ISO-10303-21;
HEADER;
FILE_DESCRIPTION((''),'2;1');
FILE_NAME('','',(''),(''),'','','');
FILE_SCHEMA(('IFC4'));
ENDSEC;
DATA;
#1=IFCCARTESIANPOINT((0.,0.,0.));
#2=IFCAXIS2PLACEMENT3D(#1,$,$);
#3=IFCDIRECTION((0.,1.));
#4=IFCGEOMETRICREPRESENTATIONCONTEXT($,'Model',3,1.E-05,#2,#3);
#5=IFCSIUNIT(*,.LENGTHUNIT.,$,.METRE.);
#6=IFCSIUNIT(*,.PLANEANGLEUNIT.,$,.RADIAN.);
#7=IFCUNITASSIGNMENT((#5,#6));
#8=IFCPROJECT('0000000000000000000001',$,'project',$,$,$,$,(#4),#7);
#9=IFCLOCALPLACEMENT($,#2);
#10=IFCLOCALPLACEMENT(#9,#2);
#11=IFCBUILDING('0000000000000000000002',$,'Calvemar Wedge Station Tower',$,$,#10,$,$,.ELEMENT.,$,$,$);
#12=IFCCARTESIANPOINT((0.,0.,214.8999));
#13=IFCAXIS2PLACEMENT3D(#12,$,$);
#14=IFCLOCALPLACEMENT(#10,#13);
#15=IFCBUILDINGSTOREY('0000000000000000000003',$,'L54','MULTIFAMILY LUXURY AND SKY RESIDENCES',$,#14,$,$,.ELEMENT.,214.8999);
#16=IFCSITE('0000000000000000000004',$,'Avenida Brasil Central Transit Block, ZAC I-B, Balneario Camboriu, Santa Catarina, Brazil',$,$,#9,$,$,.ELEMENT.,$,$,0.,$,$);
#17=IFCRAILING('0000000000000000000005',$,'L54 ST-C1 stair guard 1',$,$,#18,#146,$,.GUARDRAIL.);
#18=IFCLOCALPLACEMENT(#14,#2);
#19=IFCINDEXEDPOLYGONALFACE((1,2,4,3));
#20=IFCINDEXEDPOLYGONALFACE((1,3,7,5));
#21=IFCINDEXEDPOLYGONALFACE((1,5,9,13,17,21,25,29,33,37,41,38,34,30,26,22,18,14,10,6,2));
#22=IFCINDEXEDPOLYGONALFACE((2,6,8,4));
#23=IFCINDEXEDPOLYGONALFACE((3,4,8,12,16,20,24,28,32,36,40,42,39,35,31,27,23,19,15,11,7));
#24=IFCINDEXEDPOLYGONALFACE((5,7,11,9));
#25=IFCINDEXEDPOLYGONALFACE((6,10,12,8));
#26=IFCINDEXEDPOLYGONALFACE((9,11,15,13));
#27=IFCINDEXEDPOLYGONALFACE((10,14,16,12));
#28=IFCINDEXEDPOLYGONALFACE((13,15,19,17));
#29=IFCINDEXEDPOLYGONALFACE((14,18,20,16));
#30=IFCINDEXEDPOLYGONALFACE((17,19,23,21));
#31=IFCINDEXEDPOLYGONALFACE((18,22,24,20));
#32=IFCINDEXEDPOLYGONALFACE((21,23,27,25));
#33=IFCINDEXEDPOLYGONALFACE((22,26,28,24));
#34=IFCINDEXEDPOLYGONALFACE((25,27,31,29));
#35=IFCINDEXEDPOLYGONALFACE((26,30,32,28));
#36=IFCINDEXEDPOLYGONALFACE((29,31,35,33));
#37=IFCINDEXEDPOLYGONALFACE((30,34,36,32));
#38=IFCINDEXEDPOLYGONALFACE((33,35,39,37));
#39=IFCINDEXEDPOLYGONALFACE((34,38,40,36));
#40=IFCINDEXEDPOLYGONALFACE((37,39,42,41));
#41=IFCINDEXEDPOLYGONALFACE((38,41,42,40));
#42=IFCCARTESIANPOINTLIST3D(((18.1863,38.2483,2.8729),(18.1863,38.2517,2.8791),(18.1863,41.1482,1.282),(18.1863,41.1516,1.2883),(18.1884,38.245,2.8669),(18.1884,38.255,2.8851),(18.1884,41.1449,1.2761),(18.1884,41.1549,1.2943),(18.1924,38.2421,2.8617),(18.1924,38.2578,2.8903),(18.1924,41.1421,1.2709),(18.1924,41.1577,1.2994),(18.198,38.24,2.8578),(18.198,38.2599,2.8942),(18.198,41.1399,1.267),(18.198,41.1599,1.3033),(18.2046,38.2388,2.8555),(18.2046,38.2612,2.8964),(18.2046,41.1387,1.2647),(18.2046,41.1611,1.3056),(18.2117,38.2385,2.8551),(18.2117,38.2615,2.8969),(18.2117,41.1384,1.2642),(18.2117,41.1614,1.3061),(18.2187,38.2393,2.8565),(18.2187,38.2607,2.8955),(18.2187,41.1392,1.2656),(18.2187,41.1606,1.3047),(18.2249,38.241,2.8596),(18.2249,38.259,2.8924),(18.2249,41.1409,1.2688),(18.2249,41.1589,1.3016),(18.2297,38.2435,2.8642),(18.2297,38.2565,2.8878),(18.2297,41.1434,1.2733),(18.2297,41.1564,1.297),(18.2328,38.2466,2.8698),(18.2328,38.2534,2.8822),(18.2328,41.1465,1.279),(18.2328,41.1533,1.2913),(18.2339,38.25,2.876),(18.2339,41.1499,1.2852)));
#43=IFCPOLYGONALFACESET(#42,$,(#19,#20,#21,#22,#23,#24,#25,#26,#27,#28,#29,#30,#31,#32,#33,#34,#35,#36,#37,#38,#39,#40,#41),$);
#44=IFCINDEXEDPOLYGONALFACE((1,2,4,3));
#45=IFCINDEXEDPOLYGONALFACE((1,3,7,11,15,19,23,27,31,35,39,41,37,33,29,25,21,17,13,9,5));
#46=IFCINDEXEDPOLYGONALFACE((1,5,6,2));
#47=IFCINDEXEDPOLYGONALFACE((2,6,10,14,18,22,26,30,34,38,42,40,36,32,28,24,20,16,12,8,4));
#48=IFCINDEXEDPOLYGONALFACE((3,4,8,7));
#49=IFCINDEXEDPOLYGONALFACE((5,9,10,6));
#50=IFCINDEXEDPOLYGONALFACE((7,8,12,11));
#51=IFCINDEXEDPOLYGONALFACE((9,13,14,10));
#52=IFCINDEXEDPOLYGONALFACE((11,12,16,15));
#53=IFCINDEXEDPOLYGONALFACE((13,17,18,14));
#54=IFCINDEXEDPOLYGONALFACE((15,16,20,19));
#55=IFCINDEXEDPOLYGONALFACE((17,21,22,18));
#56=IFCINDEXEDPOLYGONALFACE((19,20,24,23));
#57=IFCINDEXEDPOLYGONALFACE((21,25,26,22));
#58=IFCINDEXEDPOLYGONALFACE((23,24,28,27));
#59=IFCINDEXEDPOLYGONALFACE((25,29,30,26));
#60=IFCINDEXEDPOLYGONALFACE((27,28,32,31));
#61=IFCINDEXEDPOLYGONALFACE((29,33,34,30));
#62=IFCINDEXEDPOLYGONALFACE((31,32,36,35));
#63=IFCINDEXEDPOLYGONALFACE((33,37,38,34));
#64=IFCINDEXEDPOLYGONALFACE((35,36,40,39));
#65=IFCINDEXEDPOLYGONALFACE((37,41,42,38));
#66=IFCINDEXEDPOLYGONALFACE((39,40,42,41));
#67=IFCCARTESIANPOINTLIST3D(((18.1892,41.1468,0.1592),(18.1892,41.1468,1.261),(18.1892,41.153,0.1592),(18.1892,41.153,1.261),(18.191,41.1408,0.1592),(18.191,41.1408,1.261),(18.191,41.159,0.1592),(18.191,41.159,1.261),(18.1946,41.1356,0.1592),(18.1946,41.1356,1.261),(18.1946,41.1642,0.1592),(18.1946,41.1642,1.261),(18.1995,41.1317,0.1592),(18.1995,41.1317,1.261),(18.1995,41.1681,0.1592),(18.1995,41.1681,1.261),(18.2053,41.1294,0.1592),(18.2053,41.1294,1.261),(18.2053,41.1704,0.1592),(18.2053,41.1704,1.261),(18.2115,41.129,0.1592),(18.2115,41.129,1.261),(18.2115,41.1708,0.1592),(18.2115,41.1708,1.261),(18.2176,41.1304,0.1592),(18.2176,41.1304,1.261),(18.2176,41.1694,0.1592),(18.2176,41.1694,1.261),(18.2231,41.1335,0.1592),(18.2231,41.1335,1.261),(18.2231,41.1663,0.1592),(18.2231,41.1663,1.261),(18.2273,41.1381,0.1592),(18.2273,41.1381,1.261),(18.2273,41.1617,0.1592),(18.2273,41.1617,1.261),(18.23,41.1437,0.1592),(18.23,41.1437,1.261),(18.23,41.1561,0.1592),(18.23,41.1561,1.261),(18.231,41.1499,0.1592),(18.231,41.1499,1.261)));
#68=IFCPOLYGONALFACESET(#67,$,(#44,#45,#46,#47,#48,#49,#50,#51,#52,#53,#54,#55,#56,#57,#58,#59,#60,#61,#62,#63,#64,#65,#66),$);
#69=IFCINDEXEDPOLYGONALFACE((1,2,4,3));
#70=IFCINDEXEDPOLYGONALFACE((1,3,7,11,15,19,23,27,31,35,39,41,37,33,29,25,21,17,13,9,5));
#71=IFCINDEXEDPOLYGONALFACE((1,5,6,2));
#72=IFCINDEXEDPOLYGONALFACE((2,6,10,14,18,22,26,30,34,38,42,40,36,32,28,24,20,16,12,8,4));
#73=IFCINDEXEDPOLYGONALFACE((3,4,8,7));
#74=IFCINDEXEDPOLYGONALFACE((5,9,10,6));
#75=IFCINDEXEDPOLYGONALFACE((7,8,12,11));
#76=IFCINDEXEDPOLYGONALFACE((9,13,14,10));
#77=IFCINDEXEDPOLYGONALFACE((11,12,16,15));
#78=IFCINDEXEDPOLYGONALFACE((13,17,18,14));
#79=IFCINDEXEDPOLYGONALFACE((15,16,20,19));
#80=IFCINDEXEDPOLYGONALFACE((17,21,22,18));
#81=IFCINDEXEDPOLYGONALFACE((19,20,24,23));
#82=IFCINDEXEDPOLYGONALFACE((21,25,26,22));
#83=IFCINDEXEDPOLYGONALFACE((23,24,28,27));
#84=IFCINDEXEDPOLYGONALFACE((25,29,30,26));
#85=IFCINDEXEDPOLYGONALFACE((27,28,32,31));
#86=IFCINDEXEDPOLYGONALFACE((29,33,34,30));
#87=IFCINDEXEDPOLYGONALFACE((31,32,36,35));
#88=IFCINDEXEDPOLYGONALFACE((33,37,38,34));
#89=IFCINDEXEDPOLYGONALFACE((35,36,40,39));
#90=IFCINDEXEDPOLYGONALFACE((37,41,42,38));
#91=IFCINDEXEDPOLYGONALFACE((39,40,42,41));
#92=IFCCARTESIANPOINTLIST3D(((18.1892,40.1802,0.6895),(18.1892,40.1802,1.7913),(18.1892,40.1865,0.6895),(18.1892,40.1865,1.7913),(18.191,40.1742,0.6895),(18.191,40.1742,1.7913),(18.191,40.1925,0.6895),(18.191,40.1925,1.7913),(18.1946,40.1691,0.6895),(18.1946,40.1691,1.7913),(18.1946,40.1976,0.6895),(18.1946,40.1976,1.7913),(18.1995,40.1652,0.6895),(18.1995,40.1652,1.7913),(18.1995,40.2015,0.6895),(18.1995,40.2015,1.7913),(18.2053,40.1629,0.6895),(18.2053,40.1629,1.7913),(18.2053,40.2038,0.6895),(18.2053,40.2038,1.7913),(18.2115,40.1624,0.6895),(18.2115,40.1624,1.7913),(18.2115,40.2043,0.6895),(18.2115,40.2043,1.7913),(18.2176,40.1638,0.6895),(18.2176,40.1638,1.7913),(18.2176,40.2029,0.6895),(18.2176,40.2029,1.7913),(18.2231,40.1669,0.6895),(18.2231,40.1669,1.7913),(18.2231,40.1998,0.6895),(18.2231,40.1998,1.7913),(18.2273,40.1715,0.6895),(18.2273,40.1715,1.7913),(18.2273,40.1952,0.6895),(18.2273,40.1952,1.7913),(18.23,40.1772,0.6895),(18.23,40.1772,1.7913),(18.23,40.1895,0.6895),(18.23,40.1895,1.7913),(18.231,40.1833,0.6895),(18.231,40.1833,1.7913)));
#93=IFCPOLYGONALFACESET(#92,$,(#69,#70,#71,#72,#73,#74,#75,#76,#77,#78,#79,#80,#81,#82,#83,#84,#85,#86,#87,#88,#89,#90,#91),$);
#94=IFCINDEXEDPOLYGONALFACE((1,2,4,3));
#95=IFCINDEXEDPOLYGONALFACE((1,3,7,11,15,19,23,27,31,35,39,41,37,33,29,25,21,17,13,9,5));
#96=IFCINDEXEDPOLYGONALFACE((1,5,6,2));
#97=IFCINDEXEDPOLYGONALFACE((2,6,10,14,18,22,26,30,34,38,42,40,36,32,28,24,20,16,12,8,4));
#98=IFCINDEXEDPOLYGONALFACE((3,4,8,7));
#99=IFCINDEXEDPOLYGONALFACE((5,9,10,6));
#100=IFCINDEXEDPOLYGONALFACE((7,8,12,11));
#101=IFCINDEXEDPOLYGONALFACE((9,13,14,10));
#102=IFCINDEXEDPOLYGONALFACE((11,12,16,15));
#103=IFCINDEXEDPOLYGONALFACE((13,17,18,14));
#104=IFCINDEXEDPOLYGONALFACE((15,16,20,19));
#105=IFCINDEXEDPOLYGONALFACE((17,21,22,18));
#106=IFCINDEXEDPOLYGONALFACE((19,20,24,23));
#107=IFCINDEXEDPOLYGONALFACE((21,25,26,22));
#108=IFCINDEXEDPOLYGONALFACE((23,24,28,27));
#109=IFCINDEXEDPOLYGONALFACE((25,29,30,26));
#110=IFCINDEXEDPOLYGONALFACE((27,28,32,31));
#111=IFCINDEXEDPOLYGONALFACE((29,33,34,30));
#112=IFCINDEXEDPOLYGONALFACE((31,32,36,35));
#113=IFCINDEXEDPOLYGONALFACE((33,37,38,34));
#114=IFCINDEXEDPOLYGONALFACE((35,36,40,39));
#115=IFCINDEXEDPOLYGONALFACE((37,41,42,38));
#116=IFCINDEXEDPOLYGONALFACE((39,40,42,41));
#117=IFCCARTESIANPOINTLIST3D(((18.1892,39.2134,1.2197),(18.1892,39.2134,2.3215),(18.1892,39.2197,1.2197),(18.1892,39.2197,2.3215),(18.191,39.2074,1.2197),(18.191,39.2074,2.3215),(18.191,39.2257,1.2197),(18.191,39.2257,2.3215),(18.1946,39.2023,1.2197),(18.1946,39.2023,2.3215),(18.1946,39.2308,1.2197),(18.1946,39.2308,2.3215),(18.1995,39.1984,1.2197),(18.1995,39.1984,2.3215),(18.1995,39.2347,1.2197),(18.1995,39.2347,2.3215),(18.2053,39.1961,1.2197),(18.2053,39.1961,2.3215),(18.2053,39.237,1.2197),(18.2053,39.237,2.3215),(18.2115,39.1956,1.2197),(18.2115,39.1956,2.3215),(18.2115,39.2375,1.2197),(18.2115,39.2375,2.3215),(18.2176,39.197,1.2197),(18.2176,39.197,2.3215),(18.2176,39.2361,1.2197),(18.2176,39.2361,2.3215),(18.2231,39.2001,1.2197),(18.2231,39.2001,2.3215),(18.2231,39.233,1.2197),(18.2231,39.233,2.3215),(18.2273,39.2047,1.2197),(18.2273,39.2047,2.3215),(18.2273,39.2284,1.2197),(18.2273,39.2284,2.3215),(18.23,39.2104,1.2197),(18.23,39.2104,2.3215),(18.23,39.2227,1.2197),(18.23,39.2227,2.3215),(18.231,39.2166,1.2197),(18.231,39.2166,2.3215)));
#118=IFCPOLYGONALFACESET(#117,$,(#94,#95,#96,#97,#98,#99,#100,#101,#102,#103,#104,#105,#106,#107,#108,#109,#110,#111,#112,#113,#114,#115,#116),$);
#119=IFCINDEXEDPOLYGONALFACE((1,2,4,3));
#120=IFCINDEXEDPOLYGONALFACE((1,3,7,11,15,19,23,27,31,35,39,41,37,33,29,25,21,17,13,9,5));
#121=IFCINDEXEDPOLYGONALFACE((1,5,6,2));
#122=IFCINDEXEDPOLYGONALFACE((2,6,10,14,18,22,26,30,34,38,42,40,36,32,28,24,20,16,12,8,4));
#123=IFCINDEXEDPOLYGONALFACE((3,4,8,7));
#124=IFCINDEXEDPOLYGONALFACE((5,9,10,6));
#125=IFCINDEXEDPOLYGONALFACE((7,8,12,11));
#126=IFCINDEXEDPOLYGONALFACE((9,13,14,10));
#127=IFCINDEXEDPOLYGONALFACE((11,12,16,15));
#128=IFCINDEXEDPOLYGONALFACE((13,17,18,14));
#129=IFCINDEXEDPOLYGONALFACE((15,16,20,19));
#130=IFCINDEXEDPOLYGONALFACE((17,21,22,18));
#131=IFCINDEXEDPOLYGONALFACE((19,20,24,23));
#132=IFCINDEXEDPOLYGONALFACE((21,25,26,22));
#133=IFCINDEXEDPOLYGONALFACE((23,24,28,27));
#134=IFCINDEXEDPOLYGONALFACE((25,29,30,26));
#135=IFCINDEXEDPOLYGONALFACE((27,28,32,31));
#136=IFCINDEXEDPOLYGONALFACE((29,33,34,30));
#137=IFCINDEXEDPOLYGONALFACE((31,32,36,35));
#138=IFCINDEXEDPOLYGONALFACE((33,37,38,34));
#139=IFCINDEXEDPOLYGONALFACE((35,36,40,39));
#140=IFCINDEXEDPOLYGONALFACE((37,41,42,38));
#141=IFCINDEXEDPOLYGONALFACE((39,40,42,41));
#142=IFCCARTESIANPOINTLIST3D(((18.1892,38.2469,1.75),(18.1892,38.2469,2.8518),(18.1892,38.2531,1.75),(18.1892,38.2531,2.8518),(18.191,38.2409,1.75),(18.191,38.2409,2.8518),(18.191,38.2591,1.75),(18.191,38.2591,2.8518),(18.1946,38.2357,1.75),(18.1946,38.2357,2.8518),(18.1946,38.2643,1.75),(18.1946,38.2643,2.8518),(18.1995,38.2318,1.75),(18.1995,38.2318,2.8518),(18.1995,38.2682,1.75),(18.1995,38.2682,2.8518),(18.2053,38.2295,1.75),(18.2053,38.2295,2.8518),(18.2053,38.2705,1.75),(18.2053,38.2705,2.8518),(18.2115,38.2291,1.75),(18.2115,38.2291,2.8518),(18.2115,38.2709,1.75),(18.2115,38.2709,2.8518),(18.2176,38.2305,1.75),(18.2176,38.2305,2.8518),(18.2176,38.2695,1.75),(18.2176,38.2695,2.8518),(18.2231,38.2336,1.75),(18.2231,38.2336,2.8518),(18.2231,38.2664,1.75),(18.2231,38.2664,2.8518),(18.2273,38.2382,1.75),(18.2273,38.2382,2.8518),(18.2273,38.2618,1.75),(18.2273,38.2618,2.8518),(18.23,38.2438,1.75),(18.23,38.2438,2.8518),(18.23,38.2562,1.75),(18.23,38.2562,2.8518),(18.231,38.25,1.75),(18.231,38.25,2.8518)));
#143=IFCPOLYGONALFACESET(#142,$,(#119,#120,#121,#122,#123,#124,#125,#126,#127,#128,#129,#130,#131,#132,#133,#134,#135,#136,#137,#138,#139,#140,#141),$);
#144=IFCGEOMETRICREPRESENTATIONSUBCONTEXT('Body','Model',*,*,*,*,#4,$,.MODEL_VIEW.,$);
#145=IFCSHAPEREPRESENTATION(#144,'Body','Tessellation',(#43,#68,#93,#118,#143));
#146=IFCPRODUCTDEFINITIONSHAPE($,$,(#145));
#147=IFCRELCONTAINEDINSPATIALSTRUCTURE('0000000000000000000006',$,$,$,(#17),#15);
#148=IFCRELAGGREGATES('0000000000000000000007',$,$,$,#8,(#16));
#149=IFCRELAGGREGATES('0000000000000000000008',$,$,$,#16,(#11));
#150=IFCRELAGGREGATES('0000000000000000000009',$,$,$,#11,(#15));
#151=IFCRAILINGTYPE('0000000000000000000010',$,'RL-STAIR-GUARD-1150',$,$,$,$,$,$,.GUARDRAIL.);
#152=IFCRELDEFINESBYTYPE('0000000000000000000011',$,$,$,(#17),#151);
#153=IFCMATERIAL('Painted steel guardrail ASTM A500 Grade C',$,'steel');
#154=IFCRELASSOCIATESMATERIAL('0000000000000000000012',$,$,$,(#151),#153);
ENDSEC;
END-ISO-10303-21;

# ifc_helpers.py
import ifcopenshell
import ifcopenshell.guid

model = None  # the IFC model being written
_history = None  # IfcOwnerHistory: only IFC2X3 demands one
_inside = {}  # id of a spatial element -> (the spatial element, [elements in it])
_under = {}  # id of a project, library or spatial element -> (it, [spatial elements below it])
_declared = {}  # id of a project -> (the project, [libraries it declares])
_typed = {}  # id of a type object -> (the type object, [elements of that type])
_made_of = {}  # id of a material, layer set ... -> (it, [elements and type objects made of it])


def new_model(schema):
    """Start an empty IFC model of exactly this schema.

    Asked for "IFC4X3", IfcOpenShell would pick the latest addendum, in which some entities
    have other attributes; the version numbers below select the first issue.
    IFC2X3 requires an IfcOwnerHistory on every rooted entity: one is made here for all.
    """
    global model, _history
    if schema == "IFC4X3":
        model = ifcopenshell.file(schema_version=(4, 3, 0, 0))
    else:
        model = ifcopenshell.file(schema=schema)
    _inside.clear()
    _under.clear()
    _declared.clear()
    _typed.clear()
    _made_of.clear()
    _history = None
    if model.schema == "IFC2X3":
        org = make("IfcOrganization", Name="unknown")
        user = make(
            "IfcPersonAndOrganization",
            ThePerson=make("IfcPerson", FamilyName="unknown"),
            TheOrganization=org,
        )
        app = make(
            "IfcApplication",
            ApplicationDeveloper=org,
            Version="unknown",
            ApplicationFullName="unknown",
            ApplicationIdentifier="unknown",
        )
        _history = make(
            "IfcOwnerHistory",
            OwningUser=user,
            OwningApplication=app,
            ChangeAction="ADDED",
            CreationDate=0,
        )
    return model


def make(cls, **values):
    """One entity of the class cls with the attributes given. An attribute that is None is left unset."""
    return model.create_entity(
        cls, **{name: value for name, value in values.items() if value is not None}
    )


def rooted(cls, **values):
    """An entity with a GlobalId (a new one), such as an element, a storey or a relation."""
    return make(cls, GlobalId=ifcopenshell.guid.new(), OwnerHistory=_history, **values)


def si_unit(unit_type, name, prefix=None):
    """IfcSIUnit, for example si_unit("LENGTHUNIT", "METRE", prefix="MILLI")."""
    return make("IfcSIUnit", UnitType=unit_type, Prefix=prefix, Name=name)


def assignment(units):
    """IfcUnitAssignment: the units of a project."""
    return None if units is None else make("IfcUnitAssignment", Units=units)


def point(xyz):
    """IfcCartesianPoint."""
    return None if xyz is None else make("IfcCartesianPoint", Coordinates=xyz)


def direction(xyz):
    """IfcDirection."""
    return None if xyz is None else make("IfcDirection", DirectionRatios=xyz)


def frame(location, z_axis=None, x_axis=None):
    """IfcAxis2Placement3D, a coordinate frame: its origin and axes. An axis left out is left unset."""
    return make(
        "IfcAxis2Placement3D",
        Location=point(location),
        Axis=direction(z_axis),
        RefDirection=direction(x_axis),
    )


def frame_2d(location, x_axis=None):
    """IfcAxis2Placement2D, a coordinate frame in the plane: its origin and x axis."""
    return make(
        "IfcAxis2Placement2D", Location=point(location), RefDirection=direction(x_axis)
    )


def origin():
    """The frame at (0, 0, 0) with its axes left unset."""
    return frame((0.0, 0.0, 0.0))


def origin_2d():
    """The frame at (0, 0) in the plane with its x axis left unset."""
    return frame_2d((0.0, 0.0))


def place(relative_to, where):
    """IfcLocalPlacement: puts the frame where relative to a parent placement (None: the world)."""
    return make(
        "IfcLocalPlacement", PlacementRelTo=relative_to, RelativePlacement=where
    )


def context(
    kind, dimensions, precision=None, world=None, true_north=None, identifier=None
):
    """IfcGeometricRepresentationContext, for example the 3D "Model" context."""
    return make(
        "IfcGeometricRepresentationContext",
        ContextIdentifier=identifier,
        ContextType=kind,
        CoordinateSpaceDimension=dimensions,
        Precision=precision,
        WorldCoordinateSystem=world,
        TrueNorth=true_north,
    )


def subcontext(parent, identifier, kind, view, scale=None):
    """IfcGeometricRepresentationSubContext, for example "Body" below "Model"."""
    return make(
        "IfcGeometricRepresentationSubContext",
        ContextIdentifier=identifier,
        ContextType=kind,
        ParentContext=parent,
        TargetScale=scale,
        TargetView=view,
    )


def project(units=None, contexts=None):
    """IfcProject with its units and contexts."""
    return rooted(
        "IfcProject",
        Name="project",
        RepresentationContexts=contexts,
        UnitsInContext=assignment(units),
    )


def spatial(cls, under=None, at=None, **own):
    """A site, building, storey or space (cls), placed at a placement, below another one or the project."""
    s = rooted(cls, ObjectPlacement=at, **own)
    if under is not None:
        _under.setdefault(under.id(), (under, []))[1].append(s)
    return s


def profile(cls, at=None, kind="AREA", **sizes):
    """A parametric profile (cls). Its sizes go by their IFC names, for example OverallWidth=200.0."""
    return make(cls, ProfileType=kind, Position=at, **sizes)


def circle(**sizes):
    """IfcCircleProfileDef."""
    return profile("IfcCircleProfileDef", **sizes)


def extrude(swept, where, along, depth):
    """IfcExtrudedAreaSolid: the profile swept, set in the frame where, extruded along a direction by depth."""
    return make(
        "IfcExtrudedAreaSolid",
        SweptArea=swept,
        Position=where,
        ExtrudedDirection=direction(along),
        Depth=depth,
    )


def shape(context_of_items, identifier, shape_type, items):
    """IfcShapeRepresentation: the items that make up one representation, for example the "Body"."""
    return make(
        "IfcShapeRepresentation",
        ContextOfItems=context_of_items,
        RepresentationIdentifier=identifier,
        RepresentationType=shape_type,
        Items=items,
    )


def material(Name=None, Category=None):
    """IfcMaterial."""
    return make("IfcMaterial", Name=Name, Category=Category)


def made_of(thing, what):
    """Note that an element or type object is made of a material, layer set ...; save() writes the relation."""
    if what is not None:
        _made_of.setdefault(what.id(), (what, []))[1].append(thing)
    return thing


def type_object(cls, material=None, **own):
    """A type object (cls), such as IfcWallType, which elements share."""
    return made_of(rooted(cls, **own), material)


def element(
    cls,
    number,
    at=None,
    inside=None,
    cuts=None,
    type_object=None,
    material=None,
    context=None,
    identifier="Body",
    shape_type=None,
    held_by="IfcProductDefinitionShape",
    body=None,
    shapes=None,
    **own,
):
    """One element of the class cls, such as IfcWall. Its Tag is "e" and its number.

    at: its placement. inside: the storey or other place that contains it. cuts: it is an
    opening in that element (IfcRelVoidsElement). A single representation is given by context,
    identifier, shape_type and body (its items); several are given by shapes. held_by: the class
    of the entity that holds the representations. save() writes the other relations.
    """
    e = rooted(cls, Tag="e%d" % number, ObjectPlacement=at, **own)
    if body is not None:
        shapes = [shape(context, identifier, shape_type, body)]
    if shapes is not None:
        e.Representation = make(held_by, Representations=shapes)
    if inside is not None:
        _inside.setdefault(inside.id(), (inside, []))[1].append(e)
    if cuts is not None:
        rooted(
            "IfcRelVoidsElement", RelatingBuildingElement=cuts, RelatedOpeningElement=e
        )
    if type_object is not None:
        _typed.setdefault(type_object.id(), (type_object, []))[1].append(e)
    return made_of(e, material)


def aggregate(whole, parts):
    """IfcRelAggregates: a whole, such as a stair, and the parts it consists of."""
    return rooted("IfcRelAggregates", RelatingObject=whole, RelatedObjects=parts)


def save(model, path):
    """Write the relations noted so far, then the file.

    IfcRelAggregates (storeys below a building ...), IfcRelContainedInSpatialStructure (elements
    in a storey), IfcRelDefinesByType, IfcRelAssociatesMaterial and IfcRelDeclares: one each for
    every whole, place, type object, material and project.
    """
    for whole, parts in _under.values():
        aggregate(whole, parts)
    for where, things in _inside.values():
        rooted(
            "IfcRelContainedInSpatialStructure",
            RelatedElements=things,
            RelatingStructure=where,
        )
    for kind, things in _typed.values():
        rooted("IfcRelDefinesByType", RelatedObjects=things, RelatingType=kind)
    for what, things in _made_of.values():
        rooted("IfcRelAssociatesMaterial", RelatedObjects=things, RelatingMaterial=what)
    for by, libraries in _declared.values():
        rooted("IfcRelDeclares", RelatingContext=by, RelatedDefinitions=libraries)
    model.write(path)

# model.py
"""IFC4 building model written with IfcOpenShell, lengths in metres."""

from ifc_helpers import new_model, si_unit, direction, frame, origin, origin_2d, place, context, subcontext, project, spatial, circle, extrude, material, type_object, element, save


model = new_model("IFC4")

# Units and contexts
model_context = context("Model", 3, precision=1e-05, world=origin(), true_north=direction((0.0, 1.0)))
body_context = subcontext(model_context, "Body", "Model", "MODEL_VIEW")
ifc_project = project(units=[si_unit("LENGTHUNIT", "METRE"), si_unit("PLANEANGLEUNIT", "RADIAN")], contexts=[model_context])

# Site, building, storey
site_placement = place(None, origin())
site = spatial("IfcSite", under=ifc_project, at=site_placement, Name="Avenida Brasil Central Transit Block, ZAC I-B, Balneario Camboriu, Santa Catarina, Brazil", CompositionType="ELEMENT", RefElevation=0.0)
building_placement = place(site_placement, origin())
building = spatial("IfcBuilding", under=site, at=building_placement, Name="Calvemar Wedge Station Tower", CompositionType="ELEMENT")
storey_placement = place(building_placement, frame((0.0, 0.0, 214.8999)))
storey = spatial("IfcBuildingStorey", under=building, at=storey_placement, Name="L54", Description="MULTIFAMILY LUXURY AND SKY RESIDENCES", CompositionType="ELEMENT", Elevation=214.8999)

# Railing
ifc_material_1 = material(Name="Painted steel guardrail ASTM A500 Grade C", Category="steel")
railing_type_1 = type_object("IfcRailingType", Name="RL-STAIR-GUARD-1150", PredefinedType="GUARDRAIL", material=ifc_material_1)
railing_1_placement = place(storey_placement, frame((18.21, 41.1499, 0.1592)))
element("IfcRailing", 1, at=railing_1_placement, inside=storey, type_object=railing_type_1, Name="L54 ST-C1 stair guard 1", PredefinedType="GUARDRAIL", context=body_context, shape_type="SweptSolid", body=[
    extrude(circle(Radius=0.0239, at=origin_2d()), frame((0.0, 0.0, 1.126), z_axis=(0.0, -0.876742, 0.480961), x_axis=(1.0, 0.0, 0.0)), (0.0, 0.0, 1.0), 3.3076),
    extrude(circle(Radius=0.021, at=origin_2d()), origin(), (0.0, 0.0, 1.0), 1.1018),
    extrude(circle(Radius=0.021, at=origin_2d()), frame((0.0, -0.9666, 0.5303)), (0.0, 0.0, 1.0), 1.1018),
    extrude(circle(Radius=0.021, at=origin_2d()), frame((0.0, -1.9333, 1.0605)), (0.0, 0.0, 1.0), 1.1018),
    extrude(circle(Radius=0.021, at=origin_2d()), frame((0.0, -2.8999, 1.5908)), (0.0, 0.0, 1.0), 1.1018),
])

save(model, "model.ifc")
